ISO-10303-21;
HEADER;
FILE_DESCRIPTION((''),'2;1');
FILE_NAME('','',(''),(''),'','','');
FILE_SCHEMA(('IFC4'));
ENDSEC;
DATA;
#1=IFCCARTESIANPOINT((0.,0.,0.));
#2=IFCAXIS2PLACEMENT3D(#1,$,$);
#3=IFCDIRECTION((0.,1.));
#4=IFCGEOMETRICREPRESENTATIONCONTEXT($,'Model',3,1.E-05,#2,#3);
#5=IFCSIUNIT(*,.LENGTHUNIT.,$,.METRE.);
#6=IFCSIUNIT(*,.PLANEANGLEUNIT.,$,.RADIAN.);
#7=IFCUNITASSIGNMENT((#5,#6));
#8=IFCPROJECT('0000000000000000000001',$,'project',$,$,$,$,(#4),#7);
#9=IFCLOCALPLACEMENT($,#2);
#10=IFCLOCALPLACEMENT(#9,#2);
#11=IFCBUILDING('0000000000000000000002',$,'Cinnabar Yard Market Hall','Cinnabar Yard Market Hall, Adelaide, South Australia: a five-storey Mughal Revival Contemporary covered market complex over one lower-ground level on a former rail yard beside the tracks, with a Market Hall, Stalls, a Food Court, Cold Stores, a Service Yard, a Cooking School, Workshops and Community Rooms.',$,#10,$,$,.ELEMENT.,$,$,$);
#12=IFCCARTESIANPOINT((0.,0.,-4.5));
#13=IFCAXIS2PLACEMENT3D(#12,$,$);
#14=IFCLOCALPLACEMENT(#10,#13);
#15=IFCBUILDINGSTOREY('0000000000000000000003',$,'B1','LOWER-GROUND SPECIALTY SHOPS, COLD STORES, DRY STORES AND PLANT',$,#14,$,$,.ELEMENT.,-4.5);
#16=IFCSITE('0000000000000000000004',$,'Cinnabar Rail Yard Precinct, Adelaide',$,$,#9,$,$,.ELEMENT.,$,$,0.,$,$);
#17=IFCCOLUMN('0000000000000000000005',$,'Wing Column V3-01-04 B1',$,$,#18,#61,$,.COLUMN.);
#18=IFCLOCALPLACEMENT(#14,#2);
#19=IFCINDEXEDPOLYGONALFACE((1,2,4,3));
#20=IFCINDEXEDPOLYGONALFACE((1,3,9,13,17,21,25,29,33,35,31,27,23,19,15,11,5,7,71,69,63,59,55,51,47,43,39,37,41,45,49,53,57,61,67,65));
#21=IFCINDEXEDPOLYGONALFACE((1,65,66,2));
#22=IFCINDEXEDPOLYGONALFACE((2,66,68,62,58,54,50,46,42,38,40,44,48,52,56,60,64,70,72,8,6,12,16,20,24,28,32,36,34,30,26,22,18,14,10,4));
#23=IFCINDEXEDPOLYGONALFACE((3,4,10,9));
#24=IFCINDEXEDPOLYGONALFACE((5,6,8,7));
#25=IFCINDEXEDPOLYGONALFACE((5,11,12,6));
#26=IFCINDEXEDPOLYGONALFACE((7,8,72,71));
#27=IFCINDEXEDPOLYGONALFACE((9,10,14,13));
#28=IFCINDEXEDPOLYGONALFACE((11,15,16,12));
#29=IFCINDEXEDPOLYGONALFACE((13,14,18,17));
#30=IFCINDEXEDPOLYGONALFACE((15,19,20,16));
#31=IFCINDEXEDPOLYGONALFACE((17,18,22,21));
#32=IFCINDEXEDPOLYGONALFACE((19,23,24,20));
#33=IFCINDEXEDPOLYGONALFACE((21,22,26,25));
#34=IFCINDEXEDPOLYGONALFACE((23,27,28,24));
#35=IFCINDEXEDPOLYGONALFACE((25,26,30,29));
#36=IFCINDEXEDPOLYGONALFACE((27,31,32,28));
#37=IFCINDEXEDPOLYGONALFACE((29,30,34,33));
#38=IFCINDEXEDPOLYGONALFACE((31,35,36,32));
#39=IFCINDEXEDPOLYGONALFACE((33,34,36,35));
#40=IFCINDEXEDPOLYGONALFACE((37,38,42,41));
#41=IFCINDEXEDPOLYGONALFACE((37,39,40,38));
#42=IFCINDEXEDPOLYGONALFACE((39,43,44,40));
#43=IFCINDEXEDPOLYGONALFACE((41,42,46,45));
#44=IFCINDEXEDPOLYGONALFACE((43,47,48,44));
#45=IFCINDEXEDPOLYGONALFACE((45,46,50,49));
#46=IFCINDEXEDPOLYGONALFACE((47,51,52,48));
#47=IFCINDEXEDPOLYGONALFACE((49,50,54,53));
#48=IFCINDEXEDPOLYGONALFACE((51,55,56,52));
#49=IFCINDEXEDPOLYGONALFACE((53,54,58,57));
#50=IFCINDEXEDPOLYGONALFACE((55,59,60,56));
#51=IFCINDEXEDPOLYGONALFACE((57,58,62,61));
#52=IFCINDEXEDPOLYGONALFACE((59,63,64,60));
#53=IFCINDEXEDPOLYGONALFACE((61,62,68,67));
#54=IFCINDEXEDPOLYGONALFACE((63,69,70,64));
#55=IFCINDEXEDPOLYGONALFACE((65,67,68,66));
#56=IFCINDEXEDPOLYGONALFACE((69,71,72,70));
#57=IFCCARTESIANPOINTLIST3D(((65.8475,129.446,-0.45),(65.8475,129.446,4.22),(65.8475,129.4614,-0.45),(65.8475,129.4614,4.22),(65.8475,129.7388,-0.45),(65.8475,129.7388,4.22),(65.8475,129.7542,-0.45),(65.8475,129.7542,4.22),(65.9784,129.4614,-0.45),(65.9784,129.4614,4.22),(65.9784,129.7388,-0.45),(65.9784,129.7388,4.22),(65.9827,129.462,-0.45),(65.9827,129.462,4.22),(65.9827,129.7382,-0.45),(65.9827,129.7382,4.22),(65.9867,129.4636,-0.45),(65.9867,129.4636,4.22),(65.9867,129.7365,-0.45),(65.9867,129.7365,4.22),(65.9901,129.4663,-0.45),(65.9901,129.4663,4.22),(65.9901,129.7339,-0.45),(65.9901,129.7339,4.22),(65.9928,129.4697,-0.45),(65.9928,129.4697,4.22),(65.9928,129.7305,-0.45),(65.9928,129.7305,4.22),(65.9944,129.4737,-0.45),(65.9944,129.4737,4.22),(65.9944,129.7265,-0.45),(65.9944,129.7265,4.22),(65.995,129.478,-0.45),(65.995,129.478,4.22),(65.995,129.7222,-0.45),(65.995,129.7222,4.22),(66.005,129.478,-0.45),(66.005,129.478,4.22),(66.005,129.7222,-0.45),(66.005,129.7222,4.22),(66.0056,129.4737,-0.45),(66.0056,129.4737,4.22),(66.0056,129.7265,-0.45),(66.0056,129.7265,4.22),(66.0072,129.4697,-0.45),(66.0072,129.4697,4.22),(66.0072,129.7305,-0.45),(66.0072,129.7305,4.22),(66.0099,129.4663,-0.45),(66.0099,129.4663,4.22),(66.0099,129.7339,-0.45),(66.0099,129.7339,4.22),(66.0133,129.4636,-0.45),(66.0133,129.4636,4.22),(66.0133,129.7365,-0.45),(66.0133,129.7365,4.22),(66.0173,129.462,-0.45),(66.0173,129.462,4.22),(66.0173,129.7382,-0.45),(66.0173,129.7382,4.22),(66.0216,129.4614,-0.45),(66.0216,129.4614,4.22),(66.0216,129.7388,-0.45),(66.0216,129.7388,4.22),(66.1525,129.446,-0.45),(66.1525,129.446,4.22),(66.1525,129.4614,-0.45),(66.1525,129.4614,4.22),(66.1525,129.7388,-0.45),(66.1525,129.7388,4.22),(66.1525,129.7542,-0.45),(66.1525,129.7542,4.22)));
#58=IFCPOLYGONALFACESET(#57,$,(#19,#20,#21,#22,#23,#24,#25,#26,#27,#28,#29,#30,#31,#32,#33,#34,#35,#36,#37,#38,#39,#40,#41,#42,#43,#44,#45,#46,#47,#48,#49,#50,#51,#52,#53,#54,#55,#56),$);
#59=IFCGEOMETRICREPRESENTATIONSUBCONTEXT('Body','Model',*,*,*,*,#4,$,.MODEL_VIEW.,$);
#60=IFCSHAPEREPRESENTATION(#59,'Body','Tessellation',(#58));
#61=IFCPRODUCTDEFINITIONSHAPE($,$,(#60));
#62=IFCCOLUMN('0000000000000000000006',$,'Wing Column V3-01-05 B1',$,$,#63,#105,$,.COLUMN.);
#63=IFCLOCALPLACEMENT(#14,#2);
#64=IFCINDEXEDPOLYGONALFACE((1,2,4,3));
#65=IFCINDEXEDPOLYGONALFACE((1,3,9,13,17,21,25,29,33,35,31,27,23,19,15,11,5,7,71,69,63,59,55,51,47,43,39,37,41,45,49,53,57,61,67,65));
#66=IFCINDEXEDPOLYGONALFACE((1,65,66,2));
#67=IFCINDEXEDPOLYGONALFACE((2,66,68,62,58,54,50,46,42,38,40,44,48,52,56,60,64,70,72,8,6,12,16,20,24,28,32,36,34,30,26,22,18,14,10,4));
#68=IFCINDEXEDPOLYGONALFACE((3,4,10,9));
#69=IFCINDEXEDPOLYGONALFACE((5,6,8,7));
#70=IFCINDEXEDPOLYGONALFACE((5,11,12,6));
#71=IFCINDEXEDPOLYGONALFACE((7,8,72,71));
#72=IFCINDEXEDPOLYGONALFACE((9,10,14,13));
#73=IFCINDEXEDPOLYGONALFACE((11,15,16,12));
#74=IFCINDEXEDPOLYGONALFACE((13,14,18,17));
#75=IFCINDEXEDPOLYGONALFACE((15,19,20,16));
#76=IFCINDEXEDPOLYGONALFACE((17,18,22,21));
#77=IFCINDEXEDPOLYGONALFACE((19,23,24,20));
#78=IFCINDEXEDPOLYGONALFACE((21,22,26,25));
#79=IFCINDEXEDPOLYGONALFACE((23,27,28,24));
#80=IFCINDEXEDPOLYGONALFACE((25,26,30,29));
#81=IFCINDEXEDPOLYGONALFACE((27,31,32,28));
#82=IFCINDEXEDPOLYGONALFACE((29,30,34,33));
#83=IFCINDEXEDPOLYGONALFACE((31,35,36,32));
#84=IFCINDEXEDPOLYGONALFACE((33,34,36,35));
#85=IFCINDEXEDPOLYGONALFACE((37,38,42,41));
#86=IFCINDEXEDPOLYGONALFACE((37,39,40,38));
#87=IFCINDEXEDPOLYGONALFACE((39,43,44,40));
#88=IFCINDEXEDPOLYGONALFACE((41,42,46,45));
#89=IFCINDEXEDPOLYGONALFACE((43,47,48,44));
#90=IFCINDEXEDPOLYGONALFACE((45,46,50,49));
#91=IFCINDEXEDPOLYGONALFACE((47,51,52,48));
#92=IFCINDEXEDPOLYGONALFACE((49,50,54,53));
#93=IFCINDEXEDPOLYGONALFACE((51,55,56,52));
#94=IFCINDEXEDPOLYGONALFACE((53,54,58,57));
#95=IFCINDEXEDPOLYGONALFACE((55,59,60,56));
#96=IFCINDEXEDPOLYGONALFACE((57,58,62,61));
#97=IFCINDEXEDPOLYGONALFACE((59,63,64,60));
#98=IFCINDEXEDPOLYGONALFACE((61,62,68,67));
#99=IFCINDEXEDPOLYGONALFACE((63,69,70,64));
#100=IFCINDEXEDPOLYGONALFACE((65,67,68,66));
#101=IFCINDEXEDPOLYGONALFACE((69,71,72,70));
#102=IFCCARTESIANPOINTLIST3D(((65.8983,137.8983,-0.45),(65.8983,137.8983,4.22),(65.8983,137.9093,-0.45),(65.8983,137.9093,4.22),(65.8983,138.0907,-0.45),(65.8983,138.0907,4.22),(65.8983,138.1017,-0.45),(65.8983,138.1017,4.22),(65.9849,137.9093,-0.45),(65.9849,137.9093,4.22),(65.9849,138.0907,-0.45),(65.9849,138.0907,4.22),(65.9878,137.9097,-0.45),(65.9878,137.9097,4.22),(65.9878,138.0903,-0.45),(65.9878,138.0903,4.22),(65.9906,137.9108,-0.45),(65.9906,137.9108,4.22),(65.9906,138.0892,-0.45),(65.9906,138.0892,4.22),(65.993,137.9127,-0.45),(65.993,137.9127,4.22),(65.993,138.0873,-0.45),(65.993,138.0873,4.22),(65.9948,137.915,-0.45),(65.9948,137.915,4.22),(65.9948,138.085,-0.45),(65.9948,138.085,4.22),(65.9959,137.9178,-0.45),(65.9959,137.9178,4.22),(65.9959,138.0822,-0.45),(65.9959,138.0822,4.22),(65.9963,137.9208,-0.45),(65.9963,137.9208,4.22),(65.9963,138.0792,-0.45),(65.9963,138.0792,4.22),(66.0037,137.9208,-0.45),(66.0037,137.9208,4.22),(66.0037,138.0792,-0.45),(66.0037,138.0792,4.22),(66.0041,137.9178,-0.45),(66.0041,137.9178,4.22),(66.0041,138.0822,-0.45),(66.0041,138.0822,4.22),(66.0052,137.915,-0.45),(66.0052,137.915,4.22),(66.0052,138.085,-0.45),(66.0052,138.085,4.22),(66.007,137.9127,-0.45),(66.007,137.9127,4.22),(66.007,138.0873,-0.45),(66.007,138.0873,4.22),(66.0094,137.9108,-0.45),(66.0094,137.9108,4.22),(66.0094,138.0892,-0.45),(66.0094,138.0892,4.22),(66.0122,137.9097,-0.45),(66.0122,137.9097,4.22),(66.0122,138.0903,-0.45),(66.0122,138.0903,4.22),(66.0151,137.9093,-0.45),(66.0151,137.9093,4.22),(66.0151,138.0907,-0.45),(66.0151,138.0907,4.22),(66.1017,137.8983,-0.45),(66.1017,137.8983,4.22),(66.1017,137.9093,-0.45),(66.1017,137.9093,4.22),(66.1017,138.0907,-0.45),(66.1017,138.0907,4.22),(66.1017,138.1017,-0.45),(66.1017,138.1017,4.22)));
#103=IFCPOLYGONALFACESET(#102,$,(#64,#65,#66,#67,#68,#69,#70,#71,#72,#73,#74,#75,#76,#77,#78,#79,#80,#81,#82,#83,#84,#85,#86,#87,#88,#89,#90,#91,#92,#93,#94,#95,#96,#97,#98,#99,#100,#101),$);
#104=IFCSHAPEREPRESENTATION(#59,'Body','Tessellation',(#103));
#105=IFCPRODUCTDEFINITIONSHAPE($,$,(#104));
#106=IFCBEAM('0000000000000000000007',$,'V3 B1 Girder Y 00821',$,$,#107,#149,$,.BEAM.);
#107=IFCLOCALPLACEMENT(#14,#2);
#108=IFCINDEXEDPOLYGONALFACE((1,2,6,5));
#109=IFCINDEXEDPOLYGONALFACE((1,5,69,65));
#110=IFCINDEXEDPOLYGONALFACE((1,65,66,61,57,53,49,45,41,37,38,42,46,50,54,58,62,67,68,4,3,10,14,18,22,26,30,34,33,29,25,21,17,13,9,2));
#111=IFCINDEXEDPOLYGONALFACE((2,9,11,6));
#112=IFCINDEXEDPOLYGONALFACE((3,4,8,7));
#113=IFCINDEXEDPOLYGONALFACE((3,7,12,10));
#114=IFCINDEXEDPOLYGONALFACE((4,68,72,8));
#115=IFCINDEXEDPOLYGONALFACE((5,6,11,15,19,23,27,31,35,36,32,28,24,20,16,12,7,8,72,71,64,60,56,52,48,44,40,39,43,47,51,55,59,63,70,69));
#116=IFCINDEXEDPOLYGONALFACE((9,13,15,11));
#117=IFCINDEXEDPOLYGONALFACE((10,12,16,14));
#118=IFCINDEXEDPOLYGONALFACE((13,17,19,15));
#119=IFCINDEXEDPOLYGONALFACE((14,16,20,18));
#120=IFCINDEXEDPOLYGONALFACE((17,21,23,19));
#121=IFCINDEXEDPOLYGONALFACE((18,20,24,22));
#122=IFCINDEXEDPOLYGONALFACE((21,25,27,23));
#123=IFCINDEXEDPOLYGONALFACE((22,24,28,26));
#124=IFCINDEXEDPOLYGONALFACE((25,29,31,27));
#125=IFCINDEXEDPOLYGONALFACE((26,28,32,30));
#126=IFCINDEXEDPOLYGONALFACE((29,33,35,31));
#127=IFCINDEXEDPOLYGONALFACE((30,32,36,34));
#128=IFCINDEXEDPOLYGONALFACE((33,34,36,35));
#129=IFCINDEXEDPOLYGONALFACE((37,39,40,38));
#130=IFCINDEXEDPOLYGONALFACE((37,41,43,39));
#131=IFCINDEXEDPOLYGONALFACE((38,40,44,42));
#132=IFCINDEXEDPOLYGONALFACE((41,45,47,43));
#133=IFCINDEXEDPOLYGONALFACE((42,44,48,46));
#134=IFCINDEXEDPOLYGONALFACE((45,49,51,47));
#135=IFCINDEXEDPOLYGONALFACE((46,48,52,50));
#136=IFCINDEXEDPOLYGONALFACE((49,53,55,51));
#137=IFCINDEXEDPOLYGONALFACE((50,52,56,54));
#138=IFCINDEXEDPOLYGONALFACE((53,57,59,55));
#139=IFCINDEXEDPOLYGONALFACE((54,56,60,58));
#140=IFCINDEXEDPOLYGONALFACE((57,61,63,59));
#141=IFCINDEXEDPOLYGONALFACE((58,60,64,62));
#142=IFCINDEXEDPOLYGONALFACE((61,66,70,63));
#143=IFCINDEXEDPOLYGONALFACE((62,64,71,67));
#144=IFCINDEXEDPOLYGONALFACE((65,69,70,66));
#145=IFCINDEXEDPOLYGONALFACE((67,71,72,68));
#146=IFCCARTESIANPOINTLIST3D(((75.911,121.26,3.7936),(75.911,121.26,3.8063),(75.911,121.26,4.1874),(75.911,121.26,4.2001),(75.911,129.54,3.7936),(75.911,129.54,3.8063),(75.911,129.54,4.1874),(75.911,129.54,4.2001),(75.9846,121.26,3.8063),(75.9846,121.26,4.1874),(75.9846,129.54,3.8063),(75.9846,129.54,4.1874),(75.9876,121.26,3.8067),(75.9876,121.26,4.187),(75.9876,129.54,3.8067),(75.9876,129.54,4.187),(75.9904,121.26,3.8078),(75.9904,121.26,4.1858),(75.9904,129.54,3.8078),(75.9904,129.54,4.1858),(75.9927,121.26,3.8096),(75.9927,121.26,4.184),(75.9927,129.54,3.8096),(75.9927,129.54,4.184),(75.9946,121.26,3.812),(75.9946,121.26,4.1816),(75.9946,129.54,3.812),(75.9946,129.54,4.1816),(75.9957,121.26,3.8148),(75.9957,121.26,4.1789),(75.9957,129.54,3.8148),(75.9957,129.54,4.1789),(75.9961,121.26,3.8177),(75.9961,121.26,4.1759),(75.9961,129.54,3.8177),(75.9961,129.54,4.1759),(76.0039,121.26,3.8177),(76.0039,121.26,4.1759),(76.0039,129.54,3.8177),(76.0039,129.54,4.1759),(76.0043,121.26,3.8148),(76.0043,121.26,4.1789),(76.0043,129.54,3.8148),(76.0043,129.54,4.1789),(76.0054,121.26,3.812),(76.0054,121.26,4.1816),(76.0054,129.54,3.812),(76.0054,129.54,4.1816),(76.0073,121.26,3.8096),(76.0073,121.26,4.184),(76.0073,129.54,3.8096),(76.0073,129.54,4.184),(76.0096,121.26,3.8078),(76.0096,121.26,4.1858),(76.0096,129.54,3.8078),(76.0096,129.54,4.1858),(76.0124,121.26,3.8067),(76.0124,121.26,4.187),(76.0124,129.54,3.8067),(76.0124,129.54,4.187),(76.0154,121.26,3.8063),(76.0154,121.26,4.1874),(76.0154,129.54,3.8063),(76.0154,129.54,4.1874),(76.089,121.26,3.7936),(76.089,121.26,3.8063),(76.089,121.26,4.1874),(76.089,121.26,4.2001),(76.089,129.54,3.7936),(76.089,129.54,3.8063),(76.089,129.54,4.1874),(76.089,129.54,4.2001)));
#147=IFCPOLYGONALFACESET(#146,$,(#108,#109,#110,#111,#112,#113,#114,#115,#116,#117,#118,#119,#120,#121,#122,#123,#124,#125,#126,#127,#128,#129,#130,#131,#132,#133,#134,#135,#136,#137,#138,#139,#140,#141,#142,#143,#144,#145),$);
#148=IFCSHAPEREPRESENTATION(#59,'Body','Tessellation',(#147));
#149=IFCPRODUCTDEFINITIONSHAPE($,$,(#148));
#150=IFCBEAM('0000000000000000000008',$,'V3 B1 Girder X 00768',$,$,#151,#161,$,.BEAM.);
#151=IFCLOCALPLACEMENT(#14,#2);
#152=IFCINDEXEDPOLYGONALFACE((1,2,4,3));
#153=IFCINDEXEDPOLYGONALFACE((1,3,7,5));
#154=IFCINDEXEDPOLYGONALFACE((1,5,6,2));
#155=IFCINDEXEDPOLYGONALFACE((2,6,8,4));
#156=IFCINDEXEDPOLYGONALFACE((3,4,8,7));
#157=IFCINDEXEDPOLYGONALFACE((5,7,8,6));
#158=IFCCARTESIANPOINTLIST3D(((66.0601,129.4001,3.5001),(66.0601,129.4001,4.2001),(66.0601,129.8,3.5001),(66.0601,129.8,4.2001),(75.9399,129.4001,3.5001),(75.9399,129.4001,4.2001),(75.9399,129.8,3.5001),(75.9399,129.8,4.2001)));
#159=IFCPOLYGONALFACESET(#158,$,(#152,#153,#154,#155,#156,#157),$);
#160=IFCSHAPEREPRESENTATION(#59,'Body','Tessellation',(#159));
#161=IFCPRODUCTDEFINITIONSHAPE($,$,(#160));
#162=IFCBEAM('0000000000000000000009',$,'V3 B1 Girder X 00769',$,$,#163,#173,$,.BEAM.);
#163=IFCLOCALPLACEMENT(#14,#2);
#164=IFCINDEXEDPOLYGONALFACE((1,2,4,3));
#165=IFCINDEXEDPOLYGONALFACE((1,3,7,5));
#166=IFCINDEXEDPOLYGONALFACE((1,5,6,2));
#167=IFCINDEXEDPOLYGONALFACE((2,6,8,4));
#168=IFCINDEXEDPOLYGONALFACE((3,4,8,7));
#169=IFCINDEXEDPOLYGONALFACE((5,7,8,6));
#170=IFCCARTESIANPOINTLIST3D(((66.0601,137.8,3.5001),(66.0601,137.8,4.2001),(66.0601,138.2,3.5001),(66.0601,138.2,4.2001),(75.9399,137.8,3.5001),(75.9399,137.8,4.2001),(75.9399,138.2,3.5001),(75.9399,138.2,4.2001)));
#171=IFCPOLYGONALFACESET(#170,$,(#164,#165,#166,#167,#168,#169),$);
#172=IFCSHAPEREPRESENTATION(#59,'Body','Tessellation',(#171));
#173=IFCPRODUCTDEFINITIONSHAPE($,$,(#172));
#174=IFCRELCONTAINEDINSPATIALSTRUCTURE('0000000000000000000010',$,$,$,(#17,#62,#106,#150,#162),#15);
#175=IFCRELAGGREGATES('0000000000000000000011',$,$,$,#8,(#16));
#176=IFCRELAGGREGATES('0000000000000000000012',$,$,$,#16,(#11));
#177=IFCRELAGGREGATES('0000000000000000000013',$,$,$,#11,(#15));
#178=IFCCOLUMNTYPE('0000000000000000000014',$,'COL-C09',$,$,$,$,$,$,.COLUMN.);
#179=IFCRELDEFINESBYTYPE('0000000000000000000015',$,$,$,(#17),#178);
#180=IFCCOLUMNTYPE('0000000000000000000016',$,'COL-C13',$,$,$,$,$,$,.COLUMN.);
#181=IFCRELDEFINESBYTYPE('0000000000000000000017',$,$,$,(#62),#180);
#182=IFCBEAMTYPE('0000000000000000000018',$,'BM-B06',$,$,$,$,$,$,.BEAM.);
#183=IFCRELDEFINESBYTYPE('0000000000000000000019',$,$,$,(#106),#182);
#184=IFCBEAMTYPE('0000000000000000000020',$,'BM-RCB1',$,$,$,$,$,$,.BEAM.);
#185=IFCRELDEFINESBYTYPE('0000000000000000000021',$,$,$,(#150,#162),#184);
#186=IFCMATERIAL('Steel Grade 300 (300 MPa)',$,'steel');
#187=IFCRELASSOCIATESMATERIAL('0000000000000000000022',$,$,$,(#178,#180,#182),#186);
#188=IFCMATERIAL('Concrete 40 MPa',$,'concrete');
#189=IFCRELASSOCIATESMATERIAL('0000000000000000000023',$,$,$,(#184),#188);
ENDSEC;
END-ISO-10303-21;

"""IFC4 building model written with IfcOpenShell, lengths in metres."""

from ifc_helpers import new_model, si_unit, direction, frame, origin, origin_2d_with_axis, place, context, subcontext, project, spatial, rectangle, i_section, extrude, material, material_profile, profile_set, type_object, element, save


model = new_model("IFC4")

# Units and contexts
model_context = context("Model", 3, precision=1e-05, world=origin(), true_north=direction((0.0, 1.0)))
body_context = subcontext(model_context, "Body", "Model", "MODEL_VIEW")
ifc_project = project(units=[si_unit("LENGTHUNIT", "METRE"), si_unit("PLANEANGLEUNIT", "RADIAN")], contexts=[model_context])

# Site, building, storey
site_placement = place(None, origin())
site = spatial("IfcSite", under=ifc_project, at=site_placement, Name="Cinnabar Rail Yard Precinct, Adelaide", CompositionType="ELEMENT", RefElevation=0.0)
building_placement = place(site_placement, origin())
building = spatial("IfcBuilding", under=site, at=building_placement, Name="Cinnabar Yard Market Hall", Description="Cinnabar Yard Market Hall, Adelaide, South Australia: a five-storey Mughal Revival Contemporary covered market complex over one lower-ground level on a former rail yard beside the tracks, with a Market Hall, Stalls, a Food Court, Cold Stores, a Service Yard, a Cooking School, Workshops and Community Rooms.", CompositionType="ELEMENT")
storey_placement = place(building_placement, frame((0.0, 0.0, -4.5)))
storey = spatial("IfcBuildingStorey", under=building, at=storey_placement, Name="B1", Description="LOWER-GROUND SPECIALTY SHOPS, COLD STORES, DRY STORES AND PLANT", CompositionType="ELEMENT", Elevation=-4.5)

# Shared definitions
ifc_material_1 = material(Name="Concrete 40 MPa", Category="concrete")

# Columns
ifc_material_2 = material(Name="Steel Grade 300 (300 MPa)", Category="steel")
ifc_material_profile_1 = material_profile(ifc_material_2, i_section(OverallWidth=0.3049, OverallDepth=0.3081, WebThickness=0.01, FlangeThickness=0.0154, FilletRadius=0.0166, at=origin_2d_with_axis()), Name="310UC96.8")
ifc_profile_set_1 = profile_set([ifc_material_profile_1], Name="Steel Grade 300 (300 MPa)")
column_type_1 = type_object("IfcColumnType", Name="COL-C09", PredefinedType="COLUMN", material=ifc_profile_set_1)
column_1_placement = place(storey_placement, frame((66.0, 129.6001, -0.45), z_axis=(0.0, 0.0, 1.0), x_axis=(1.0, 0.0, 0.0)))
element("IfcColumn", 1, at=column_1_placement, inside=storey, type_object=column_type_1, Name="Wing Column V3-01-04 B1", PredefinedType="COLUMN", context=body_context, shape_type="SweptSolid", body=[
    extrude(i_section(OverallWidth=0.3049, OverallDepth=0.3081, WebThickness=0.01, FlangeThickness=0.0154, FilletRadius=0.0166, at=origin_2d_with_axis()), origin(), (0.0, 0.0, 1.0), 4.6699),
])
ifc_material_profile_2 = material_profile(ifc_material_2, i_section(OverallWidth=0.2034, OverallDepth=0.2034, WebThickness=0.0073, FlangeThickness=0.011, FilletRadius=0.0115, at=origin_2d_with_axis()), Name="200UC46.2")
ifc_profile_set_2 = profile_set([ifc_material_profile_2], Name="Steel Grade 300 (300 MPa)")
column_type_2 = type_object("IfcColumnType", Name="COL-C13", PredefinedType="COLUMN", material=ifc_profile_set_2)
column_2_placement = place(storey_placement, frame((66.0, 138.0, -0.45), z_axis=(0.0, 0.0, 1.0), x_axis=(1.0, 0.0, 0.0)))
element("IfcColumn", 2, at=column_2_placement, inside=storey, type_object=column_type_2, Name="Wing Column V3-01-05 B1", PredefinedType="COLUMN", context=body_context, shape_type="SweptSolid", body=[
    extrude(i_section(OverallWidth=0.2034, OverallDepth=0.2034, WebThickness=0.0073, FlangeThickness=0.011, FilletRadius=0.0115, at=origin_2d_with_axis()), origin(), (0.0, 0.0, 1.0), 4.6699),
])

# Beams
ifc_material_profile_3 = material_profile(ifc_material_2, i_section(OverallWidth=0.178, OverallDepth=0.4065, WebThickness=0.0078, FlangeThickness=0.0127, FilletRadius=0.0115, at=origin_2d_with_axis()), Name="410UB59.7")
ifc_profile_set_3 = profile_set([ifc_material_profile_3], Name="Steel Grade 300 (300 MPa)")
beam_type_1 = type_object("IfcBeamType", Name="BM-B06", PredefinedType="BEAM", material=ifc_profile_set_3)
beam_placement = place(storey_placement, frame((76.0, 121.26, 3.9968), z_axis=(0.0, 1.0, 0.0), x_axis=(-1.0, 0.0, 0.0)))
element("IfcBeam", 3, at=beam_placement, inside=storey, type_object=beam_type_1, Name="V3 B1 Girder Y 00821", PredefinedType="BEAM", context=body_context, shape_type="SweptSolid", body=[
    extrude(i_section(OverallWidth=0.178, OverallDepth=0.4065, WebThickness=0.0078, FlangeThickness=0.0127, FilletRadius=0.0115, at=origin_2d_with_axis()), origin(), (0.0, 0.0, 1.0), 8.28),
])
ifc_material_profile_4 = material_profile(ifc_material_1, rectangle(XDim=0.3999, YDim=0.7, at=origin_2d_with_axis()), Name="RCB-400x700")
ifc_profile_set_4 = profile_set([ifc_material_profile_4], Name="Concrete 40 MPa")
beam_type_2 = type_object("IfcBeamType", Name="BM-RCB1", PredefinedType="BEAM", material=ifc_profile_set_4)
for number, where, z_axis, x_axis, name in (
    (4, (66.0601, 129.6001, 3.8501), (1.0, 0.0, 0.0), (0.0, 1.0, 0.0), "V3 B1 Girder X 00768"),
    (5, (66.0601, 138.0, 3.8501), (1.0, 0.0, 0.0), (0.0, 1.0, 0.0), "V3 B1 Girder X 00769"),
):
    element("IfcBeam", number, at=place(storey_placement, frame(where, z_axis=z_axis, x_axis=x_axis)), inside=storey, type_object=beam_type_2, Name=name, PredefinedType="BEAM", context=body_context, shape_type="SweptSolid", body=[
        extrude(rectangle(XDim=0.3999, YDim=0.7, at=origin_2d_with_axis()), origin(), (0.0, 0.0, 1.0), 9.8799),
    ])

save(model, "model.ifc")
